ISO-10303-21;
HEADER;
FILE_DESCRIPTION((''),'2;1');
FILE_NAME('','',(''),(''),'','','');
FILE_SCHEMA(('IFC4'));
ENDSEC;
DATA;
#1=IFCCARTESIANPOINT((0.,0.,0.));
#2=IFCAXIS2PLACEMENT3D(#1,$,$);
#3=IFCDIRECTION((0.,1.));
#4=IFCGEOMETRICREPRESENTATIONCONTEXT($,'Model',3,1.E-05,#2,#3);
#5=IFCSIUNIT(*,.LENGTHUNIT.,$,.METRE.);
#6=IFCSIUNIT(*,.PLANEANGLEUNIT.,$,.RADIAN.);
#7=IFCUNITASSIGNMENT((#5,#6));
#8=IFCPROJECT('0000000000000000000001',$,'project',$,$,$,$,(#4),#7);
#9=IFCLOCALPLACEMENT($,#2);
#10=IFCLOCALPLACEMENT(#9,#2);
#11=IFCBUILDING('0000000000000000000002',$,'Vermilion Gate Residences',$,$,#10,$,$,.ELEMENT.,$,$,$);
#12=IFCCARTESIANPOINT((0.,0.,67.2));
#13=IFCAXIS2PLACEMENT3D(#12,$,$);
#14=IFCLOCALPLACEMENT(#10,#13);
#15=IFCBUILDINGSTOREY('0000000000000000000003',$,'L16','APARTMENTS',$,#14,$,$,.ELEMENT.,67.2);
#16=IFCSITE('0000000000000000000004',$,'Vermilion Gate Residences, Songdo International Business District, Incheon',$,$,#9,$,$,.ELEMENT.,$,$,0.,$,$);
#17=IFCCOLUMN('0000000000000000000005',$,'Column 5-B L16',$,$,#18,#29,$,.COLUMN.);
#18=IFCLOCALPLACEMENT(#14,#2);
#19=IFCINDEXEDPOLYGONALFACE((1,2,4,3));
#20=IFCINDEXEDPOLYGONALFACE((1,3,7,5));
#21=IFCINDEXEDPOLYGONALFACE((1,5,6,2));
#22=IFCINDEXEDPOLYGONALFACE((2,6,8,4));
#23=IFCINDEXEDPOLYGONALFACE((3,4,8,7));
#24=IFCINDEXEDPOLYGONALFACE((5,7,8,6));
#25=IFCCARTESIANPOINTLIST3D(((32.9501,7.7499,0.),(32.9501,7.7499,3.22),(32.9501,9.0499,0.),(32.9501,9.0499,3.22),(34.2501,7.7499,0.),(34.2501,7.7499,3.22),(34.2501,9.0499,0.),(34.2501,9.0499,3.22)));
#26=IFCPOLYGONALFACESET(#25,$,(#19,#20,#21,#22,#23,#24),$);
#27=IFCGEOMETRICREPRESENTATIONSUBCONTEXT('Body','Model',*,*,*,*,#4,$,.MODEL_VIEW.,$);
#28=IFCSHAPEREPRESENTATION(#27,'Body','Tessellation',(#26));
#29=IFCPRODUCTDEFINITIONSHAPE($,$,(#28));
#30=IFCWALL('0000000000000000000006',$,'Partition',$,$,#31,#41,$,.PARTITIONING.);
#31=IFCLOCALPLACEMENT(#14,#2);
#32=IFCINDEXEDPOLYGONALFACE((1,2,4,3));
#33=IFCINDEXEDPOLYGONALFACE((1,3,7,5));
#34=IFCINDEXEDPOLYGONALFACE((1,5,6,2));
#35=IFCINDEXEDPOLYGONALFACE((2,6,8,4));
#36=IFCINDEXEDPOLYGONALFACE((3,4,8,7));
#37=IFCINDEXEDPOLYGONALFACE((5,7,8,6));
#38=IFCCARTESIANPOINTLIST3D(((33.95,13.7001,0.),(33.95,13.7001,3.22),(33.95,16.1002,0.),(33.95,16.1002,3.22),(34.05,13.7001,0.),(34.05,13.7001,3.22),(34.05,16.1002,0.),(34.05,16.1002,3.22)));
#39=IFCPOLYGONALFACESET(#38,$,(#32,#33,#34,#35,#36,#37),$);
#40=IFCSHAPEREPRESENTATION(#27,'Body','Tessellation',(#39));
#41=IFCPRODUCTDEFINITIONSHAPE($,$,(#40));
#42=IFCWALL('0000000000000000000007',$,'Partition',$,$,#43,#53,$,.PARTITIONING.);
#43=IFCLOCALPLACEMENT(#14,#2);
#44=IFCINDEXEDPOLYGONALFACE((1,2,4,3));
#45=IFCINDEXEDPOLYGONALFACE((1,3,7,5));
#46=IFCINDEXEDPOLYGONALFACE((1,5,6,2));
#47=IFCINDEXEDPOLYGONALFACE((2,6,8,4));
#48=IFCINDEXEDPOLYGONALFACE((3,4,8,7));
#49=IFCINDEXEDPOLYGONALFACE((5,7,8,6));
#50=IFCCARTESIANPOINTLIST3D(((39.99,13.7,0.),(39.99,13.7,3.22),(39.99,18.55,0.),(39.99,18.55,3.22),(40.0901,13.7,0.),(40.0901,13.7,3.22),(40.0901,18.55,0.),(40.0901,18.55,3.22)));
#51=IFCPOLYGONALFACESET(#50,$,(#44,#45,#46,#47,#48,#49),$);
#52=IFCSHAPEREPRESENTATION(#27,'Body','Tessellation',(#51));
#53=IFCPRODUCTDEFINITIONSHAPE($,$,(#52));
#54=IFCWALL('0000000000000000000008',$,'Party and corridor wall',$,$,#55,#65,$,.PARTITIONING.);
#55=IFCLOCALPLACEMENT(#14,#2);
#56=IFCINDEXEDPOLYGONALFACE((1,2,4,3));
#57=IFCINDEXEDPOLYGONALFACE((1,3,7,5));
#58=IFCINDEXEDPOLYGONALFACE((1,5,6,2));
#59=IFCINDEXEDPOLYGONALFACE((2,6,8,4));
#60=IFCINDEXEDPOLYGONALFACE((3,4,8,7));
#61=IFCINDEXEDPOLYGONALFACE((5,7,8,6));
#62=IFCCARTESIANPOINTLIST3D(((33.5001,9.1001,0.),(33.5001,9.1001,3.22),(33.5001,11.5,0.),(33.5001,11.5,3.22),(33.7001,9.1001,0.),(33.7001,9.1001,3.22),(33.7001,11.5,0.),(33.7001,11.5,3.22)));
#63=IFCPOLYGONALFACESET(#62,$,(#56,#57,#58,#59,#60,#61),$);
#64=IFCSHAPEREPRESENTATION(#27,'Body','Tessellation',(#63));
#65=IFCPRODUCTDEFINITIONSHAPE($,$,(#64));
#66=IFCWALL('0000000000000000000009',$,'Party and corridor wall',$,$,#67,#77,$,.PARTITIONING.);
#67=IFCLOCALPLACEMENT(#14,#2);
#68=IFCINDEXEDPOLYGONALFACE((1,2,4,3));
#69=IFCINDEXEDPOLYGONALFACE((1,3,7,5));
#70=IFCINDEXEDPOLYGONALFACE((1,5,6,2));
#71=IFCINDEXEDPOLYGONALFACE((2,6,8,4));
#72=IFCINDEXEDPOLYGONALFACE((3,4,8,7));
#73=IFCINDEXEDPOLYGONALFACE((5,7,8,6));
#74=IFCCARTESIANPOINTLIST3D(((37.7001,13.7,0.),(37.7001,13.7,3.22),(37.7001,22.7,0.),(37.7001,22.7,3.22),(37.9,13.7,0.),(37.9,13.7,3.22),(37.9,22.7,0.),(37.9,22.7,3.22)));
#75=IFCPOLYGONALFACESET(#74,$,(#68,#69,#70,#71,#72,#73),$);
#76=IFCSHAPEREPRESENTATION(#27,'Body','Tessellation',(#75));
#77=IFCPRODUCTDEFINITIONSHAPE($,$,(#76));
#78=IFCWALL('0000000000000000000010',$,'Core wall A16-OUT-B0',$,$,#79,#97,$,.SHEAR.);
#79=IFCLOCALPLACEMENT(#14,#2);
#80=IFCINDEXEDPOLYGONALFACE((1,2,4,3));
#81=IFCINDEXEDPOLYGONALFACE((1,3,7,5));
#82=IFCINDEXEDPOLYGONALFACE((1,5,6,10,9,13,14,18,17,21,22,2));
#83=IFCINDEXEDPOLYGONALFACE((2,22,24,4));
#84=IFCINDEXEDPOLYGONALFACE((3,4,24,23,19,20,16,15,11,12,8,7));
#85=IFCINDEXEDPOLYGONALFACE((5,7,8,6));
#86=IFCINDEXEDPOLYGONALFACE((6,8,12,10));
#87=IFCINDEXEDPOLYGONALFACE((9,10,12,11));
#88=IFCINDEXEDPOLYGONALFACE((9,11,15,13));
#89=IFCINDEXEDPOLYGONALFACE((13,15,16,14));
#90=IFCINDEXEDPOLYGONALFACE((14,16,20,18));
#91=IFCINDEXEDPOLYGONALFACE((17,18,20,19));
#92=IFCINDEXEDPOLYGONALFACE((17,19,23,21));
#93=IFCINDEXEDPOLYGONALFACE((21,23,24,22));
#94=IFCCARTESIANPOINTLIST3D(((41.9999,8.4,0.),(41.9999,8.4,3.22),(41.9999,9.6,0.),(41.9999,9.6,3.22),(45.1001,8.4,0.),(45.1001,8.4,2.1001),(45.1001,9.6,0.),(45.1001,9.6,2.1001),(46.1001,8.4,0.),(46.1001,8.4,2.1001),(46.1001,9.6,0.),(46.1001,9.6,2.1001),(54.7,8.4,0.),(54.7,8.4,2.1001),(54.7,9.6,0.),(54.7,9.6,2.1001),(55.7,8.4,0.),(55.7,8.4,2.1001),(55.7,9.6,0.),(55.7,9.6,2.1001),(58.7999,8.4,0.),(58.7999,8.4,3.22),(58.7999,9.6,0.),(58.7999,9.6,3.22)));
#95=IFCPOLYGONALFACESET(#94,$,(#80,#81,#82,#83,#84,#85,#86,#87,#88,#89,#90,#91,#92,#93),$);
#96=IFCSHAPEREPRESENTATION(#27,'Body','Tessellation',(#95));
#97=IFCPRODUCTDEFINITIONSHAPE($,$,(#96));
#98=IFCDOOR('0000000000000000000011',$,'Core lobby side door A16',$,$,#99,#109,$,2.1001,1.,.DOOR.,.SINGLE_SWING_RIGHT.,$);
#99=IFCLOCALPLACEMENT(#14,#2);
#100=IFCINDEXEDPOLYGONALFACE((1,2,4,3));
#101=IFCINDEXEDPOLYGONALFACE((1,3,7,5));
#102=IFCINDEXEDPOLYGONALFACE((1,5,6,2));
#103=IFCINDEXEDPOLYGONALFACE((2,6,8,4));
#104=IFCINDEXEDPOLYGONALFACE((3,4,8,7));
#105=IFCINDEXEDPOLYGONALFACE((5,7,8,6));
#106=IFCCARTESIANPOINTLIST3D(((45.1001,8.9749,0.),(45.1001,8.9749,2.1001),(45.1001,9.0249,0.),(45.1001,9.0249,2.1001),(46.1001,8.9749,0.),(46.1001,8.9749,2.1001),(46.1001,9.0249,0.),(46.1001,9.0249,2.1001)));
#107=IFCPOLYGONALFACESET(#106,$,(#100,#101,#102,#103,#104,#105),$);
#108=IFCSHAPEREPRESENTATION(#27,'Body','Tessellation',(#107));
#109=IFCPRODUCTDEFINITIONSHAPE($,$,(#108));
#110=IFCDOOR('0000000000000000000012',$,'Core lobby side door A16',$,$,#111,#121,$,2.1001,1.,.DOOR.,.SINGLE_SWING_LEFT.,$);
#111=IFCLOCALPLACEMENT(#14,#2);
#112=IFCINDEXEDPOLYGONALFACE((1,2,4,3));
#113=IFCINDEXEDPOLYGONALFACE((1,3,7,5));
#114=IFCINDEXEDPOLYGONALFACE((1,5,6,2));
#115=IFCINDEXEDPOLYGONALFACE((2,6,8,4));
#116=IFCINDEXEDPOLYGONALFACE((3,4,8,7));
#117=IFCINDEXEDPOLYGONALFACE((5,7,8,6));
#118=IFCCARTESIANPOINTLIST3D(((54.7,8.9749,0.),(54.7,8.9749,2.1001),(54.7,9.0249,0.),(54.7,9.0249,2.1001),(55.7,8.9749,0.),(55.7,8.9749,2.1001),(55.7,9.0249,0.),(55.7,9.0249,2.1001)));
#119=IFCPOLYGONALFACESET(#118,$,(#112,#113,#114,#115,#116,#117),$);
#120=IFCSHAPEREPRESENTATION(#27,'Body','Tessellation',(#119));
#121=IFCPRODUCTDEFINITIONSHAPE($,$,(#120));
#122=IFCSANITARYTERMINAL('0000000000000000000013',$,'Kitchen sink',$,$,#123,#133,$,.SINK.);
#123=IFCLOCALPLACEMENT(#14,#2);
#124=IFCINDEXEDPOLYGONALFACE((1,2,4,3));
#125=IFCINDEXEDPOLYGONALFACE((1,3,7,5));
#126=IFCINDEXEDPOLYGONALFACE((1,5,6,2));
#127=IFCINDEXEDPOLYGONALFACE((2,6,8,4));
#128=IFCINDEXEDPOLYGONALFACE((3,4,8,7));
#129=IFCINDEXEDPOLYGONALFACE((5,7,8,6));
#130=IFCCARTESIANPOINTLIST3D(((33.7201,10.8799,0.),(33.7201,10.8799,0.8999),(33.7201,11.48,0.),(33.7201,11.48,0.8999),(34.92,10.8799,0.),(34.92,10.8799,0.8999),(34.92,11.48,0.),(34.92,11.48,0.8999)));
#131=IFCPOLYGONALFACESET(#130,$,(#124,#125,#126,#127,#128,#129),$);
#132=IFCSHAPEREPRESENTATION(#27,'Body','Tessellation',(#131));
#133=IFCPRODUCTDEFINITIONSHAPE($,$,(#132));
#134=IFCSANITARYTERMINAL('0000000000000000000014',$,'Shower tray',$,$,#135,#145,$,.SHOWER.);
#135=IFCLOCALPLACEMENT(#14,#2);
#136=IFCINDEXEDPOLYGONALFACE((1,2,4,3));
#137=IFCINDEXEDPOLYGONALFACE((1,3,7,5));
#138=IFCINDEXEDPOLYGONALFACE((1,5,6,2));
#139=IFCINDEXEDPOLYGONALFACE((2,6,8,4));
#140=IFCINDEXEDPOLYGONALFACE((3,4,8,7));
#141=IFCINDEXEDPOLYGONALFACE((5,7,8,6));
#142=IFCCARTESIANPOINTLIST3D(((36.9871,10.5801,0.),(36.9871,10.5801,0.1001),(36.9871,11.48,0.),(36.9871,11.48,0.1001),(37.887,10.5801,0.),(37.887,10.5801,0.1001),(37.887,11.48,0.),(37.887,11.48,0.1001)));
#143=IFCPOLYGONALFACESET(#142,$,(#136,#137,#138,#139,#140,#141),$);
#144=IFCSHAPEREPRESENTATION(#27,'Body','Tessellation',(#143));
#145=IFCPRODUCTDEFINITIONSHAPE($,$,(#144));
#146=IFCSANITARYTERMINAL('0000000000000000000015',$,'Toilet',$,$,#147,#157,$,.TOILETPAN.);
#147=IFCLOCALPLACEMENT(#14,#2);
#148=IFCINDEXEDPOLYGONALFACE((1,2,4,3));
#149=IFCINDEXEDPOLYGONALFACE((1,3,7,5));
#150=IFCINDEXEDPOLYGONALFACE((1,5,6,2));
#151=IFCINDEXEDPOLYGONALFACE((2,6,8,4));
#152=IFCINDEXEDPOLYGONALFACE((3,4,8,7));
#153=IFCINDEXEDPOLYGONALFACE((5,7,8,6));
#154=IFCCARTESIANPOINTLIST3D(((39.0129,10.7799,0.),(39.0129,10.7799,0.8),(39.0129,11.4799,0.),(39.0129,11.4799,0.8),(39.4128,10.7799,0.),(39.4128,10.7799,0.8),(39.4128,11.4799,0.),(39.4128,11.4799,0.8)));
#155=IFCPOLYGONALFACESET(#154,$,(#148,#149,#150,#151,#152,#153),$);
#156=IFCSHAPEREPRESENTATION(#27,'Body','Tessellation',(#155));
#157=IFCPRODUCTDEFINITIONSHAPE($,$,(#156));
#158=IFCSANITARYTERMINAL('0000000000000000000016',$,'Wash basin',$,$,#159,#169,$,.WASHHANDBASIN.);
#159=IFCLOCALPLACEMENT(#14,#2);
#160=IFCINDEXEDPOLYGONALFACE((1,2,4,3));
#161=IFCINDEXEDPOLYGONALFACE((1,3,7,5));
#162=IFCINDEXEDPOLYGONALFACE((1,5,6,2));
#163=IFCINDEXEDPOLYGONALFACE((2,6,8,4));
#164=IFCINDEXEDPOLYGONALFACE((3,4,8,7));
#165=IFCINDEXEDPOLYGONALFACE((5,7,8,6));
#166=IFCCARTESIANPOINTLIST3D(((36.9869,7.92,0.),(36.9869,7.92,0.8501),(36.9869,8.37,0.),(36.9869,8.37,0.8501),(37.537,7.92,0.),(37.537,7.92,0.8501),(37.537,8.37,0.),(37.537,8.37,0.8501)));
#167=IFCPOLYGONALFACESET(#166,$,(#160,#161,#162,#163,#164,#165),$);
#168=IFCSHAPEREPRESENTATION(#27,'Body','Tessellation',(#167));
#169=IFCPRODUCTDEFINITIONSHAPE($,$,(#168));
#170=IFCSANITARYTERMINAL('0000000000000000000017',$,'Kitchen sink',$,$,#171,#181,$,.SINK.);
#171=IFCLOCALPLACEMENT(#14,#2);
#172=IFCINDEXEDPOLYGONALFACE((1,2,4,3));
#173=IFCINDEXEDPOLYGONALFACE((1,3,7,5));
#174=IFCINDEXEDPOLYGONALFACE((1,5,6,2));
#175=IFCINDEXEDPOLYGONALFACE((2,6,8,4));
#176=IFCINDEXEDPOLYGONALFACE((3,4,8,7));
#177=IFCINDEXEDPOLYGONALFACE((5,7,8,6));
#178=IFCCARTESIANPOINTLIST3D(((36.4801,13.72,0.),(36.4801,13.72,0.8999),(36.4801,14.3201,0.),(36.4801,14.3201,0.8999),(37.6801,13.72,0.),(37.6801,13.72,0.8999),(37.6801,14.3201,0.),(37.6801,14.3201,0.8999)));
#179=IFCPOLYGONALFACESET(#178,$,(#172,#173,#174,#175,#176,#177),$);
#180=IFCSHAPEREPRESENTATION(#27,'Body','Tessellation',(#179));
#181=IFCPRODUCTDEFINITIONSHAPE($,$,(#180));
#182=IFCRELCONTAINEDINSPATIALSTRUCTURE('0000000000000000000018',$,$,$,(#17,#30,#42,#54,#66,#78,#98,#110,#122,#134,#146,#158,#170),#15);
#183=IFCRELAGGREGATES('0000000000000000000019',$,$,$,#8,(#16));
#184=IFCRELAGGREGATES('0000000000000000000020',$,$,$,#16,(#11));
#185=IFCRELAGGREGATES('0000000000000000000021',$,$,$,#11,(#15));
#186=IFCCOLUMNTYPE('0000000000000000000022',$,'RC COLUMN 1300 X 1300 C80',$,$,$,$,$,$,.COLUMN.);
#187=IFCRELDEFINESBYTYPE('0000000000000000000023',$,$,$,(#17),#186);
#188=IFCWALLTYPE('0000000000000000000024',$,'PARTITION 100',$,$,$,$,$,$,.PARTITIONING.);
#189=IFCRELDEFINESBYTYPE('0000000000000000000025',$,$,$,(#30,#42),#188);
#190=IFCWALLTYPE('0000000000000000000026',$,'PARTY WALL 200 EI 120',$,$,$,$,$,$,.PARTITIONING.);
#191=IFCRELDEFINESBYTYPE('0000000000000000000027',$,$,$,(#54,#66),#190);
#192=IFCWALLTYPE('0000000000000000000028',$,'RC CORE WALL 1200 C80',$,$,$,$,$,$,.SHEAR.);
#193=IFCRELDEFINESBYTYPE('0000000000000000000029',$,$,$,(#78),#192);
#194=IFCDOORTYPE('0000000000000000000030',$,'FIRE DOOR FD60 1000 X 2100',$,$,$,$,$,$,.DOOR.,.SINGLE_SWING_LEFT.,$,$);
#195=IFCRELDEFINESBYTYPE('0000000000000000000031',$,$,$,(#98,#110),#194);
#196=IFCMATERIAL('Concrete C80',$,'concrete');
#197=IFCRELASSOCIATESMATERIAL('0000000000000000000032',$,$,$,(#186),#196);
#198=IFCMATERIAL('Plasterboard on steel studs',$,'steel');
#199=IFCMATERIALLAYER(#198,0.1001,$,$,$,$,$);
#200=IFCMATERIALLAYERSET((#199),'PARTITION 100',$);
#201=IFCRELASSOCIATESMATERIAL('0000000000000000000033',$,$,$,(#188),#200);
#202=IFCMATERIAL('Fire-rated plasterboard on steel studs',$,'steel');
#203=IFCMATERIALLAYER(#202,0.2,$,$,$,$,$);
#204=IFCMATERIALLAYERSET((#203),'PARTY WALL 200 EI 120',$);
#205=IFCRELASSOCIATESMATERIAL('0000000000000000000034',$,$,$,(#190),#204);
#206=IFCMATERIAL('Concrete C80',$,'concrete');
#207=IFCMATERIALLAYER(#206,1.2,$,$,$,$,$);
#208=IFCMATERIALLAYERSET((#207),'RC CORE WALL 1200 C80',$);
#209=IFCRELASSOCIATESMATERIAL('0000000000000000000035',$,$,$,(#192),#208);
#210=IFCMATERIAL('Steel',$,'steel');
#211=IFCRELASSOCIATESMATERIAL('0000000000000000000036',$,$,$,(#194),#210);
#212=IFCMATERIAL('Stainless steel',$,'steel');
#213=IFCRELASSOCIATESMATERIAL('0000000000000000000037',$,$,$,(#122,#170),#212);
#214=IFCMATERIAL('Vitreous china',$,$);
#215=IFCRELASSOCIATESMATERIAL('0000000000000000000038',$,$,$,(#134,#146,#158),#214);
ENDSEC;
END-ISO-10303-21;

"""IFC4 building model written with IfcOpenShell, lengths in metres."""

from ifc_helpers import new_model, si_unit, direction, frame, frame_2d, origin, origin_2d, place, context, subcontext, project, spatial, rectangle, extrude, material, layer, layer_set, material_profile, profile_set, type_object, element, fill, save


model = new_model("IFC4")

# Units and contexts
model_context = context("Model", 3, precision=1e-05, world=origin(), true_north=direction((0.0, 1.0)))
body_context = subcontext(model_context, "Body", "Model", "MODEL_VIEW")
ifc_project = project(units=[si_unit("LENGTHUNIT", "METRE"), si_unit("PLANEANGLEUNIT", "RADIAN")], contexts=[model_context])

# Site, building, storey
site_placement = place(None, origin())
site = spatial("IfcSite", under=ifc_project, at=site_placement, Name="Vermilion Gate Residences, Songdo International Business District, Incheon", CompositionType="ELEMENT", RefElevation=0.0)
building_placement = place(site_placement, origin())
building = spatial("IfcBuilding", under=site, at=building_placement, Name="Vermilion Gate Residences", CompositionType="ELEMENT")
storey_placement = place(building_placement, frame((0.0, 0.0, 67.2)))
storey = spatial("IfcBuildingStorey", under=building, at=storey_placement, Name="L16", Description="APARTMENTS", CompositionType="ELEMENT", Elevation=67.2)

# Column
ifc_material_1 = material(Name="Concrete C80", Category="concrete")
ifc_material_profile = material_profile(ifc_material_1, rectangle(XDim=1.3, YDim=1.3, at=origin_2d()), Name="RC-1300x1300")
ifc_profile_set = profile_set([ifc_material_profile], Name="Concrete C80")
column_type = type_object("IfcColumnType", Name="RC COLUMN 1300 X 1300 C80", PredefinedType="COLUMN", material=ifc_profile_set)
column_placement = place(storey_placement, frame((33.6001, 8.3999, 0.0), z_axis=(0.0, 0.0, 1.0), x_axis=(1.0, 0.0, 0.0)))
element("IfcColumn", 1, at=column_placement, inside=storey, type_object=column_type, Name="Column 5-B L16", PredefinedType="COLUMN", context=body_context, shape_type="SweptSolid", body=[
    extrude(rectangle(XDim=1.3, YDim=1.3, at=origin_2d()), origin(), (0.0, 0.0, 1.0), 3.22),
])

# Walls
ifc_material_2 = material(Name="Plasterboard on steel studs", Category="steel")
ifc_layer_1 = layer(ifc_material_2, 0.1001)
ifc_layer_set_1 = layer_set([ifc_layer_1], Name="PARTITION 100")
wall_type_1 = type_object("IfcWallType", Name="PARTITION 100", PredefinedType="PARTITIONING", material=ifc_layer_set_1)
wall_1_placement = place(storey_placement, frame((34.0, 13.7, 0.0), z_axis=(0.0, 0.0, 1.0), x_axis=(0.0, 1.0, 0.0)))
element("IfcWall", 2, at=wall_1_placement, inside=storey, type_object=wall_type_1, Name="Partition", PredefinedType="PARTITIONING", context=body_context, shape_type="SweptSolid", body=[
    extrude(rectangle(XDim=2.4001, YDim=0.1001, at=frame_2d((1.2002, 0.0))), origin(), (0.0, 0.0, 1.0), 3.22),
])
wall_2_placement = place(storey_placement, frame((40.04, 13.7, 0.0), z_axis=(0.0, 0.0, 1.0), x_axis=(0.0, 1.0, 0.0)))
element("IfcWall", 3, at=wall_2_placement, inside=storey, type_object=wall_type_1, Name="Partition", PredefinedType="PARTITIONING", context=body_context, shape_type="SweptSolid", body=[
    extrude(rectangle(XDim=4.8501, YDim=0.1001, at=frame_2d((2.425, 0.0))), origin(), (0.0, 0.0, 1.0), 3.22),
])
ifc_material_3 = material(Name="Fire-rated plasterboard on steel studs", Category="steel")
ifc_layer_2 = layer(ifc_material_3, 0.2)
ifc_layer_set_2 = layer_set([ifc_layer_2], Name="PARTY WALL 200 EI 120")
wall_type_2 = type_object("IfcWallType", Name="PARTY WALL 200 EI 120", PredefinedType="PARTITIONING", material=ifc_layer_set_2)
wall_3_placement = place(storey_placement, frame((33.6001, 9.1001, 0.0), z_axis=(0.0, 0.0, 1.0), x_axis=(0.0, 1.0, 0.0)))
element("IfcWall", 4, at=wall_3_placement, inside=storey, type_object=wall_type_2, Name="Party and corridor wall", PredefinedType="PARTITIONING", context=body_context, shape_type="SweptSolid", body=[
    extrude(rectangle(XDim=2.3999, YDim=0.2, at=frame_2d((1.2, 0.0))), origin(), (0.0, 0.0, 1.0), 3.22),
])
wall_4_placement = place(storey_placement, frame((37.8, 13.7, 0.0), z_axis=(0.0, 0.0, 1.0), x_axis=(0.0, 1.0, 0.0)))
element("IfcWall", 5, at=wall_4_placement, inside=storey, type_object=wall_type_2, Name="Party and corridor wall", PredefinedType="PARTITIONING", context=body_context, shape_type="SweptSolid", body=[
    extrude(rectangle(XDim=9.0, YDim=0.2, at=frame_2d((4.5, 0.0))), origin(), (0.0, 0.0, 1.0), 3.22),
])

# Wall, openings, doors
ifc_material_4 = material(Name="Concrete C80", Category="concrete")
ifc_layer_3 = layer(ifc_material_4, 1.2)
ifc_layer_set_3 = layer_set([ifc_layer_3], Name="RC CORE WALL 1200 C80")
wall_type_3 = type_object("IfcWallType", Name="RC CORE WALL 1200 C80", PredefinedType="SHEAR", material=ifc_layer_set_3)
wall_5_placement = place(storey_placement, frame((42.0, 9.0, 0.0), z_axis=(0.0, 0.0, 1.0), x_axis=(1.0, 0.0, 0.0)))
wall_5 = element("IfcWall", 6, at=wall_5_placement, inside=storey, type_object=wall_type_3, Name="Core wall A16-OUT-B0", PredefinedType="SHEAR", context=body_context, shape_type="SweptSolid", body=[
    extrude(rectangle(XDim=16.8, YDim=1.2, at=frame_2d((8.3999, 0.0))), origin(), (0.0, 0.0, 1.0), 3.22),
])
opening_1_placement = place(wall_5_placement, frame((3.1001, 0.0, 0.0)))
opening_1 = element("IfcOpeningElement", 7, at=opening_1_placement, cuts=wall_5, PredefinedType="OPENING", context=body_context, shape_type="SweptSolid", body=[
    extrude(rectangle(XDim=1.0, YDim=2.1001, at=frame_2d((0.5, 1.05))), frame((0.0, 0.6099, 0.0), z_axis=(0.0, -1.0, 0.0), x_axis=(1.0, 0.0, 0.0)), (0.0, 0.0, 1.0), 1.22),
])
opening_2_placement = place(wall_5_placement, frame((12.7, 0.0, 0.0)))
opening_2 = element("IfcOpeningElement", 8, at=opening_2_placement, cuts=wall_5, PredefinedType="OPENING", context=body_context, shape_type="SweptSolid", body=[
    extrude(rectangle(XDim=1.0, YDim=2.1001, at=frame_2d((0.5, 1.05))), frame((0.0, 0.6099, 0.0), z_axis=(0.0, -1.0, 0.0), x_axis=(1.0, 0.0, 0.0)), (0.0, 0.0, 1.0), 1.22),
])
ifc_material_5 = material(Name="Steel", Category="steel")
door_type = type_object("IfcDoorType", Name="FIRE DOOR FD60 1000 X 2100", OperationType="SINGLE_SWING_LEFT", PredefinedType="DOOR", material=ifc_material_5)
door_1_placement = place(opening_1_placement, origin())
door_1 = element("IfcDoor", 9, at=door_1_placement, inside=storey, type_object=door_type, Name="Core lobby side door A16", OperationType="SINGLE_SWING_RIGHT", OverallHeight=2.1001, OverallWidth=1.0, PredefinedType="DOOR", context=body_context, shape_type="SweptSolid", body=[
    extrude(rectangle(XDim=1.0, YDim=2.1001, at=frame_2d((0.5, 1.05))), frame((0.0, 0.0249, 0.0), z_axis=(0.0, -1.0, 0.0), x_axis=(1.0, 0.0, 0.0)), (0.0, 0.0, 1.0), 0.05),
])
fill(opening_1, door_1)
door_2_placement = place(opening_2_placement, origin())
door_2 = element("IfcDoor", 10, at=door_2_placement, inside=storey, type_object=door_type, Name="Core lobby side door A16", OperationType="SINGLE_SWING_LEFT", OverallHeight=2.1001, OverallWidth=1.0, PredefinedType="DOOR", context=body_context, shape_type="SweptSolid", body=[
    extrude(rectangle(XDim=1.0, YDim=2.1001, at=frame_2d((0.5, 1.05))), frame((0.0, 0.0249, 0.0), z_axis=(0.0, -1.0, 0.0), x_axis=(1.0, 0.0, 0.0)), (0.0, 0.0, 1.0), 0.05),
])
fill(opening_2, door_2)

# Sanitary terminals
ifc_material_6 = material(Name="Stainless steel", Category="steel")
sanitary_terminal_1_placement = place(storey_placement, frame((34.3201, 11.1799, 0.0), z_axis=(0.0, 0.0, 1.0), x_axis=(1.0, 0.0, 0.0)))
element("IfcSanitaryTerminal", 11, at=sanitary_terminal_1_placement, inside=storey, material=ifc_material_6, Name="Kitchen sink", PredefinedType="SINK", context=body_context, shape_type="SweptSolid", body=[
    extrude(rectangle(XDim=1.2, YDim=0.6001, at=origin_2d()), origin(), (0.0, 0.0, 1.0), 0.8999),
])
ifc_material_7 = material(Name="Vitreous china")
sanitary_terminal_2_placement = place(storey_placement, frame((37.437, 11.03, 0.0), z_axis=(0.0, 0.0, 1.0), x_axis=(1.0, 0.0, 0.0)))
element("IfcSanitaryTerminal", 12, at=sanitary_terminal_2_placement, inside=storey, material=ifc_material_7, Name="Shower tray", PredefinedType="SHOWER", context=body_context, shape_type="SweptSolid", body=[
    extrude(rectangle(XDim=0.8999, YDim=0.8999, at=origin_2d()), origin(), (0.0, 0.0, 1.0), 0.1001),
])
sanitary_terminal_3_placement = place(storey_placement, frame((39.2129, 11.1299, 0.0), z_axis=(0.0, 0.0, 1.0), x_axis=(1.0, 0.0, 0.0)))
element("IfcSanitaryTerminal", 13, at=sanitary_terminal_3_placement, inside=storey, material=ifc_material_7, Name="Toilet", PredefinedType="TOILETPAN", context=body_context, shape_type="SweptSolid", body=[
    extrude(rectangle(XDim=0.3999, YDim=0.7, at=origin_2d()), origin(), (0.0, 0.0, 1.0), 0.8),
])
sanitary_terminal_4_placement = place(storey_placement, frame((37.262, 8.145, 0.0), z_axis=(0.0, 0.0, 1.0), x_axis=(1.0, 0.0, 0.0)))
element("IfcSanitaryTerminal", 14, at=sanitary_terminal_4_placement, inside=storey, material=ifc_material_7, Name="Wash basin", PredefinedType="WASHHANDBASIN", context=body_context, shape_type="SweptSolid", body=[
    extrude(rectangle(XDim=0.55, YDim=0.45, at=origin_2d()), origin(), (0.0, 0.0, 1.0), 0.8501),
])
sanitary_terminal_5_placement = place(storey_placement, frame((37.0801, 14.02, 0.0), z_axis=(0.0, 0.0, 1.0), x_axis=(1.0, 0.0, 0.0)))
element("IfcSanitaryTerminal", 15, at=sanitary_terminal_5_placement, inside=storey, material=ifc_material_6, Name="Kitchen sink", PredefinedType="SINK", context=body_context, shape_type="SweptSolid", body=[
    extrude(rectangle(XDim=1.2, YDim=0.6001, at=origin_2d()), origin(), (0.0, 0.0, 1.0), 0.8999),
])

save(model, "model.ifc")
